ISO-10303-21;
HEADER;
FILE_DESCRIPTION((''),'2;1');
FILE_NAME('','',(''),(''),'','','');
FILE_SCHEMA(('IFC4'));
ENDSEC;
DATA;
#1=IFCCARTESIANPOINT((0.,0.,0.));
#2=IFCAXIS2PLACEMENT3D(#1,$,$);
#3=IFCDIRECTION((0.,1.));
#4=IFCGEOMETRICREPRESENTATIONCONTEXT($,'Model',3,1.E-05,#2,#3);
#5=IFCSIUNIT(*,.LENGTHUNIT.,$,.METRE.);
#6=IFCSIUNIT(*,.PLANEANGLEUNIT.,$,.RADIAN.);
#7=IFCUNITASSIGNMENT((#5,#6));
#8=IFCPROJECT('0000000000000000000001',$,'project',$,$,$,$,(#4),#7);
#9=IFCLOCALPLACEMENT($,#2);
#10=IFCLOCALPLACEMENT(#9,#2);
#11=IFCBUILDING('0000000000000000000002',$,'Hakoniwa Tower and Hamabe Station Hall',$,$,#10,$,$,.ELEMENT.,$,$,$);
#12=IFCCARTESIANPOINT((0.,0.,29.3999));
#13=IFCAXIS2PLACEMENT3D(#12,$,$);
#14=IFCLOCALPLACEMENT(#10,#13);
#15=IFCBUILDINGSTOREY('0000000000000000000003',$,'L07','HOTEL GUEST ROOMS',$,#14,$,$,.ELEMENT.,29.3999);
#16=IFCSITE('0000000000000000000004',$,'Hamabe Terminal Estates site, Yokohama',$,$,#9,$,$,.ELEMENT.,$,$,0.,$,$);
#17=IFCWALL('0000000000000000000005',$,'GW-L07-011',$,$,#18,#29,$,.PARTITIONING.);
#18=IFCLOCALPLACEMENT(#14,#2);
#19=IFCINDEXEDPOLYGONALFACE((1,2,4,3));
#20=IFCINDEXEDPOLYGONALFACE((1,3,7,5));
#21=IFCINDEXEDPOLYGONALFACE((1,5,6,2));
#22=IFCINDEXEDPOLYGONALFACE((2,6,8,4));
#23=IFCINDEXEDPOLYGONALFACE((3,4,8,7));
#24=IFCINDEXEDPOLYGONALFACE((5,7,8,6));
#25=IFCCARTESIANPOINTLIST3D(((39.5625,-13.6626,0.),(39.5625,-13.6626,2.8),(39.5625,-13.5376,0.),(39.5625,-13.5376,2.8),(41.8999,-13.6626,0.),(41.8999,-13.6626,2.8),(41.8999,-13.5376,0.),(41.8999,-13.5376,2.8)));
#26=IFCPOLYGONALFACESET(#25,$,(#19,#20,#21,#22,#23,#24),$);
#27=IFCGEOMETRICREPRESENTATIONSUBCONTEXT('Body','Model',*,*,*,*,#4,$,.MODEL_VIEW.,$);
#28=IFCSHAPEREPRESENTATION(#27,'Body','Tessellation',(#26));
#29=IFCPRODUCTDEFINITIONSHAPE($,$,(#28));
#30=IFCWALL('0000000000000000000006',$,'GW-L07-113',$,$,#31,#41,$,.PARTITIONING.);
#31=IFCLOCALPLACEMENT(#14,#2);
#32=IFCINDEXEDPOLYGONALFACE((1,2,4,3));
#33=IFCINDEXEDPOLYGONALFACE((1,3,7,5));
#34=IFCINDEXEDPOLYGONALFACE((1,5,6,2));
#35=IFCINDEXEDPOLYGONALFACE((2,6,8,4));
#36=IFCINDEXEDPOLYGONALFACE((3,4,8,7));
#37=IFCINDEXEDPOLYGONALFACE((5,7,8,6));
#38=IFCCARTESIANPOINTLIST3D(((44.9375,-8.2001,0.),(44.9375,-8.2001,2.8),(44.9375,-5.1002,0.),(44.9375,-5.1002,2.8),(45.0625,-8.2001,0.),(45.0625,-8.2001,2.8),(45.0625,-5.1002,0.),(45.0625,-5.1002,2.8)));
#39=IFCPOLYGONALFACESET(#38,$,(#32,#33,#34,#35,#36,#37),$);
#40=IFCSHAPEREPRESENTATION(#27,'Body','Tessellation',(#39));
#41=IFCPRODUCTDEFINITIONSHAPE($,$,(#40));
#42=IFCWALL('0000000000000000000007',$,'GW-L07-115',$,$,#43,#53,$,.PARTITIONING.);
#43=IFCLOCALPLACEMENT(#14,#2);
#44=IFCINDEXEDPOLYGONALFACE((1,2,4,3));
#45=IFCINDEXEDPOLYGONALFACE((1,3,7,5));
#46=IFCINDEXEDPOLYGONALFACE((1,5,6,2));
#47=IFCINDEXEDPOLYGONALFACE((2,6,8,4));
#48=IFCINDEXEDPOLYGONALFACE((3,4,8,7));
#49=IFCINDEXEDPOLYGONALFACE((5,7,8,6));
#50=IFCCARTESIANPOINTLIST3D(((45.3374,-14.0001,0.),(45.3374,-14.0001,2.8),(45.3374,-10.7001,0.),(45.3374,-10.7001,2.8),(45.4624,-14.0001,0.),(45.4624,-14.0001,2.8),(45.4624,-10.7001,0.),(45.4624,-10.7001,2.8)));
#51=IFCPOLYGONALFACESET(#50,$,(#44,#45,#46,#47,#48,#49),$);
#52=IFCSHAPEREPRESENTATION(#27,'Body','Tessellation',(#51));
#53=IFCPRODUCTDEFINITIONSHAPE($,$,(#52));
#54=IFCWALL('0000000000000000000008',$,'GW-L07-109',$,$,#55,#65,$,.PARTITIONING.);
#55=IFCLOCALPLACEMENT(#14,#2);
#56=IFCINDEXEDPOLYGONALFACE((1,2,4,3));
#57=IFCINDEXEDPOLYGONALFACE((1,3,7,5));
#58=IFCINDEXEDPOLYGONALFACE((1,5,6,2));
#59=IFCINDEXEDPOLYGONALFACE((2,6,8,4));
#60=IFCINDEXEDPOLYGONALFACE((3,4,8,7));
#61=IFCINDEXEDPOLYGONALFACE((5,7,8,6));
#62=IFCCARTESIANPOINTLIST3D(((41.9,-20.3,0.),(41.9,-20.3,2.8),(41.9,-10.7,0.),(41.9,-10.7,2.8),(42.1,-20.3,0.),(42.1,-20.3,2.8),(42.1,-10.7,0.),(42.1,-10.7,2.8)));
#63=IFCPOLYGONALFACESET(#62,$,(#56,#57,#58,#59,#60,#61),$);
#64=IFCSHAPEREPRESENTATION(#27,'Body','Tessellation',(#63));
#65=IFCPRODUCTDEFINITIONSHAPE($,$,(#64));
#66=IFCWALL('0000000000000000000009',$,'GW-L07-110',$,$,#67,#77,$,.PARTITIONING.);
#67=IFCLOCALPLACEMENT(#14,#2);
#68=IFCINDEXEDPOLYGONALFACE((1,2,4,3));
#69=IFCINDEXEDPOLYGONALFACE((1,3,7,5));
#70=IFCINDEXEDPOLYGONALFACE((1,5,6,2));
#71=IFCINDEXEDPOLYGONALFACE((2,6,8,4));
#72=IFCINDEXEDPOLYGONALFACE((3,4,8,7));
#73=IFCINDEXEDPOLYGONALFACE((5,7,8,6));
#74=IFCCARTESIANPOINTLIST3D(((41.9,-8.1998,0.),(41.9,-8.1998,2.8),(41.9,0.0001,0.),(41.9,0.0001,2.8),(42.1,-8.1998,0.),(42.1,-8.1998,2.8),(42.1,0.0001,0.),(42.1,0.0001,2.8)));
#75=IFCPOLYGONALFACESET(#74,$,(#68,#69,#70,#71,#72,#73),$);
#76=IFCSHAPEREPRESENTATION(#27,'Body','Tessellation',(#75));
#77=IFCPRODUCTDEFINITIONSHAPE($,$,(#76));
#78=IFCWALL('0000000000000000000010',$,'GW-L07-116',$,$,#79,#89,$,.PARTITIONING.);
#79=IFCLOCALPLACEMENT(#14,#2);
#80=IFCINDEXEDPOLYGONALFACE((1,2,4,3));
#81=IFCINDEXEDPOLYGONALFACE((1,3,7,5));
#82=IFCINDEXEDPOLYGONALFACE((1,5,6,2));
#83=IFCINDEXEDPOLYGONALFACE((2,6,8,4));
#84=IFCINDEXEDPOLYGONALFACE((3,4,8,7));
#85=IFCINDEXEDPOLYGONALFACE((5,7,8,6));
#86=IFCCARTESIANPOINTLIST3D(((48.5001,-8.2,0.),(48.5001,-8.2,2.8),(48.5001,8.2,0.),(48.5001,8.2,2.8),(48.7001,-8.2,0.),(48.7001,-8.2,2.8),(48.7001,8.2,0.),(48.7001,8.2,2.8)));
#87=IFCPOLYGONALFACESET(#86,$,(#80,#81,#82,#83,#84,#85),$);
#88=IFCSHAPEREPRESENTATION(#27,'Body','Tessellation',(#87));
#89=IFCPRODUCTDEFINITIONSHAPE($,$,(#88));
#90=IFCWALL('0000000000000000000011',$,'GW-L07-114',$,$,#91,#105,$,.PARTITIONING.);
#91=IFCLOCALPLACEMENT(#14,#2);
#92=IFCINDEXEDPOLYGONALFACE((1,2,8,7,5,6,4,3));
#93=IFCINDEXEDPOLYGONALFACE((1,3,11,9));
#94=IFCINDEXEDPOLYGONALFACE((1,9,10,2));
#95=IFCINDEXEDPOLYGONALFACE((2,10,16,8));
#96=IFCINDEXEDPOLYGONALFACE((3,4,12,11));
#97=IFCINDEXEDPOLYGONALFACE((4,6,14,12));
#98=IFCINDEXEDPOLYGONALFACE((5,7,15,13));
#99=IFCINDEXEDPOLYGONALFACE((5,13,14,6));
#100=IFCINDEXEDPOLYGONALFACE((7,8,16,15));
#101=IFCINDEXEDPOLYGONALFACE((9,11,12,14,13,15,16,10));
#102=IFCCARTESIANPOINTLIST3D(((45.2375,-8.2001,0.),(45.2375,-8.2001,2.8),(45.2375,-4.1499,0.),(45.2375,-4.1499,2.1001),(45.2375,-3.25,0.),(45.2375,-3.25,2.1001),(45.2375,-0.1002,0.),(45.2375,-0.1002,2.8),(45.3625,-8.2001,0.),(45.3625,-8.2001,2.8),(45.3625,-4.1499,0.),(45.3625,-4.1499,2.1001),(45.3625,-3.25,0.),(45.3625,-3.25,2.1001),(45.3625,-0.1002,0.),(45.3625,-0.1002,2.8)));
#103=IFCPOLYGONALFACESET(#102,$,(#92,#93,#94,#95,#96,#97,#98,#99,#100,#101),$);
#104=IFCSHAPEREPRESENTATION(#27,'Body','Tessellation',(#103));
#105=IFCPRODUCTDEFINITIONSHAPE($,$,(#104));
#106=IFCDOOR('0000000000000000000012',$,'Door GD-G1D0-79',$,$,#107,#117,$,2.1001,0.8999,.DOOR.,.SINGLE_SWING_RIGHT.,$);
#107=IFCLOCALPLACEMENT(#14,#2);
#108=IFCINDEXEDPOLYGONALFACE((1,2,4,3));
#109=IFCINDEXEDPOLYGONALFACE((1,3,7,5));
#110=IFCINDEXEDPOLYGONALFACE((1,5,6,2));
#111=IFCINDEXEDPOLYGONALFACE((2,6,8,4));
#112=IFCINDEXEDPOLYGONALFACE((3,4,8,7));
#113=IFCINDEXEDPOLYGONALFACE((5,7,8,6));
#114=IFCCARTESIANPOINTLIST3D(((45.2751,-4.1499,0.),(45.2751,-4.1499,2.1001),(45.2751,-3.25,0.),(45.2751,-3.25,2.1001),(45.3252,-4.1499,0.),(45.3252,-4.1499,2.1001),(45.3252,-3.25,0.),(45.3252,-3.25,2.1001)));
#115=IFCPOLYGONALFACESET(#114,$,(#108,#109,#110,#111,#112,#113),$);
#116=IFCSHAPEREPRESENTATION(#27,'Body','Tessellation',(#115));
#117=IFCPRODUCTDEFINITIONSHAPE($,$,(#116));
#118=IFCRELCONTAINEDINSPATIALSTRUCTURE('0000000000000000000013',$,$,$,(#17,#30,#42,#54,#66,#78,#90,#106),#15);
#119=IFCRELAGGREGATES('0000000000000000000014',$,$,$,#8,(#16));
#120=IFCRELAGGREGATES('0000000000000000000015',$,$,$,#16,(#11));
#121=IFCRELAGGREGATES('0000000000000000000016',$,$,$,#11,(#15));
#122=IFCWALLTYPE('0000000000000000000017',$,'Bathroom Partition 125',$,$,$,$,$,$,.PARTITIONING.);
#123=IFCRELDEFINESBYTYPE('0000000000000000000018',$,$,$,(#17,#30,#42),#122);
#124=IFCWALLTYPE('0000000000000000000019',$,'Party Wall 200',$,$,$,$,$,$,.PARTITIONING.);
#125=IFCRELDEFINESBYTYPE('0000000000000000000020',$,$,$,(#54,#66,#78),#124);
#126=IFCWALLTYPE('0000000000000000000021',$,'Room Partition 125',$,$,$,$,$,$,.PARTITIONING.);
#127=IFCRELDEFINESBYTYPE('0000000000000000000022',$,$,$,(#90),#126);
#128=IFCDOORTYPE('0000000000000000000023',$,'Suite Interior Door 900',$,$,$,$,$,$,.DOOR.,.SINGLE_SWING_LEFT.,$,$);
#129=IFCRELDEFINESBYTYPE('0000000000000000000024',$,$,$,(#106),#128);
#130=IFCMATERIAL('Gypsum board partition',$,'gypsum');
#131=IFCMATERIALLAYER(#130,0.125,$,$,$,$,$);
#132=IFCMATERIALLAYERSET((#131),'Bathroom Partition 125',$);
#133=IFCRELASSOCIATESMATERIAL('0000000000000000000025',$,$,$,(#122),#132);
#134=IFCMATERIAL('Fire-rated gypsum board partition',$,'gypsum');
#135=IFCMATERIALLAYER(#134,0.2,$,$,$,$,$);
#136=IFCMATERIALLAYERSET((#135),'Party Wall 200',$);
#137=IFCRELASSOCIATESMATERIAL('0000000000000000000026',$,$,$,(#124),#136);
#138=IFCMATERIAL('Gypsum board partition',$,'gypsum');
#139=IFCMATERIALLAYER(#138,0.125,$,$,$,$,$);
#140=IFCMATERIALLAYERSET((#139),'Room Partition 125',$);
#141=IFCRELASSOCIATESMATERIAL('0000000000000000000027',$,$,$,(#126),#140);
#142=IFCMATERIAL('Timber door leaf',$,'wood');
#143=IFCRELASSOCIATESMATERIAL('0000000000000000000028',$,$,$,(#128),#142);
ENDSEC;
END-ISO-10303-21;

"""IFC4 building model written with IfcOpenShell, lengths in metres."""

from ifc_helpers import new_model, si_unit, direction, frame, frame_2d, origin, place, context, subcontext, project, spatial, rectangle, extrude, material, layer, layer_set, type_object, element, fill, save


model = new_model("IFC4")

# Units and contexts
model_context = context("Model", 3, precision=1e-05, world=origin(), true_north=direction((0.0, 1.0)))
body_context = subcontext(model_context, "Body", "Model", "MODEL_VIEW")
ifc_project = project(units=[si_unit("LENGTHUNIT", "METRE"), si_unit("PLANEANGLEUNIT", "RADIAN")], contexts=[model_context])

# Site, building, storey
site_placement = place(None, origin())
site = spatial("IfcSite", under=ifc_project, at=site_placement, Name="Hamabe Terminal Estates site, Yokohama", CompositionType="ELEMENT", RefElevation=0.0)
building_placement = place(site_placement, origin())
building = spatial("IfcBuilding", under=site, at=building_placement, Name="Hakoniwa Tower and Hamabe Station Hall", CompositionType="ELEMENT")
storey_placement = place(building_placement, frame((0.0, 0.0, 29.3999)))
storey = spatial("IfcBuildingStorey", under=building, at=storey_placement, Name="L07", Description="HOTEL GUEST ROOMS", CompositionType="ELEMENT", Elevation=29.3999)

# Shared definitions
ifc_material_1 = material(Name="Gypsum board partition", Category="gypsum")
ifc_layer_1 = layer(ifc_material_1, 0.125)
ifc_layer_set_1 = layer_set([ifc_layer_1], Name="Bathroom Partition 125")
wall_type_1 = type_object("IfcWallType", Name="Bathroom Partition 125", PredefinedType="PARTITIONING", material=ifc_layer_set_1)

# Walls
wall_1_placement = place(storey_placement, frame((39.5625, -13.6001, 0.0), z_axis=(0.0, 0.0, 1.0), x_axis=(1.0, 0.0, 0.0)))
element("IfcWall", 1, at=wall_1_placement, inside=storey, type_object=wall_type_1, Name="GW-L07-011", PredefinedType="PARTITIONING", context=body_context, shape_type="SweptSolid", body=[
    extrude(rectangle(XDim=2.3374, YDim=0.125, at=frame_2d((1.1687, 0.0))), origin(), (0.0, 0.0, 1.0), 2.8),
])
wall_2_placement = place(storey_placement, frame((45.0, -8.2, 0.0), z_axis=(0.0, 0.0, 1.0), x_axis=(0.0, 1.0, 0.0)))
element("IfcWall", 2, at=wall_2_placement, inside=storey, type_object=wall_type_1, Name="GW-L07-113", PredefinedType="PARTITIONING", context=body_context, shape_type="SweptSolid", body=[
    extrude(rectangle(XDim=3.0999, YDim=0.125, at=frame_2d((1.5498, 0.0))), origin(), (0.0, 0.0, 1.0), 2.8),
])
wall_3_placement = place(storey_placement, frame((45.3999, -14.0, 0.0), z_axis=(0.0, 0.0, 1.0), x_axis=(0.0, 1.0, 0.0)))
element("IfcWall", 3, at=wall_3_placement, inside=storey, type_object=wall_type_1, Name="GW-L07-115", PredefinedType="PARTITIONING", context=body_context, shape_type="SweptSolid", body=[
    extrude(rectangle(XDim=3.3, YDim=0.125, at=frame_2d((1.6499, 0.0))), origin(), (0.0, 0.0, 1.0), 2.8),
])
ifc_material_2 = material(Name="Fire-rated gypsum board partition", Category="gypsum")
ifc_layer_2 = layer(ifc_material_2, 0.2)
ifc_layer_set_2 = layer_set([ifc_layer_2], Name="Party Wall 200")
wall_type_2 = type_object("IfcWallType", Name="Party Wall 200", PredefinedType="PARTITIONING", material=ifc_layer_set_2)
wall_4_placement = place(storey_placement, frame((42.0, -20.3, 0.0), z_axis=(0.0, 0.0, 1.0), x_axis=(0.0, 1.0, 0.0)))
element("IfcWall", 4, at=wall_4_placement, inside=storey, type_object=wall_type_2, Name="GW-L07-109", PredefinedType="PARTITIONING", context=body_context, shape_type="SweptSolid", body=[
    extrude(rectangle(XDim=9.6001, YDim=0.2, at=frame_2d((4.8, 0.0))), origin(), (0.0, 0.0, 1.0), 2.8),
])
wall_5_placement = place(storey_placement, frame((42.0, -8.2, 0.0), z_axis=(0.0, 0.0, 1.0), x_axis=(0.0, 1.0, 0.0)))
element("IfcWall", 5, at=wall_5_placement, inside=storey, type_object=wall_type_2, Name="GW-L07-110", PredefinedType="PARTITIONING", context=body_context, shape_type="SweptSolid", body=[
    extrude(rectangle(XDim=8.2, YDim=0.2, at=frame_2d((4.1001, 0.0))), origin(), (0.0, 0.0, 1.0), 2.8),
])
wall_6_placement = place(storey_placement, frame((48.6001, -8.2, 0.0), z_axis=(0.0, 0.0, 1.0), x_axis=(0.0, 1.0, 0.0)))
element("IfcWall", 6, at=wall_6_placement, inside=storey, type_object=wall_type_2, Name="GW-L07-116", PredefinedType="PARTITIONING", context=body_context, shape_type="SweptSolid", body=[
    extrude(rectangle(XDim=16.3999, YDim=0.2, at=frame_2d((8.2, 0.0))), origin(), (0.0, 0.0, 1.0), 2.8),
])

# Wall, opening, door
ifc_material_3 = material(Name="Gypsum board partition", Category="gypsum")
ifc_layer_3 = layer(ifc_material_3, 0.125)
ifc_layer_set_3 = layer_set([ifc_layer_3], Name="Room Partition 125")
wall_type_3 = type_object("IfcWallType", Name="Room Partition 125", PredefinedType="PARTITIONING", material=ifc_layer_set_3)
wall_7_placement = place(storey_placement, frame((45.3, -8.2, 0.0), z_axis=(0.0, 0.0, 1.0), x_axis=(0.0, 1.0, 0.0)))
wall_7 = element("IfcWall", 7, at=wall_7_placement, inside=storey, type_object=wall_type_3, Name="GW-L07-114", PredefinedType="PARTITIONING", context=body_context, shape_type="SweptSolid", body=[
    extrude(rectangle(XDim=8.0999, YDim=0.125, at=frame_2d((4.0498, 0.0))), origin(), (0.0, 0.0, 1.0), 2.8),
])
opening_1_placement = place(wall_7_placement, frame((4.05, 0.0, 0.0)))
opening_1 = element("IfcOpeningElement", 8, at=opening_1_placement, cuts=wall_7, PredefinedType="OPENING", context=body_context, shape_type="SweptSolid", body=[
    extrude(rectangle(XDim=0.8999, YDim=2.1001, at=frame_2d((0.45, 1.05))), frame((0.0, 0.0725, 0.0), z_axis=(0.0, -1.0, 0.0), x_axis=(1.0, 0.0, 0.0)), (0.0, 0.0, 1.0), 0.145),
])
ifc_material_4 = material(Name="Timber door leaf", Category="wood")
door_type_1 = type_object("IfcDoorType", Name="Suite Interior Door 900", OperationType="SINGLE_SWING_LEFT", PredefinedType="DOOR", material=ifc_material_4)
door_1_placement = place(opening_1_placement, origin())
door_1 = element("IfcDoor", 9, at=door_1_placement, inside=storey, type_object=door_type_1, Name="Door GD-G1D0-79", OperationType="SINGLE_SWING_RIGHT", OverallHeight=2.1001, OverallWidth=0.8999, PredefinedType="DOOR", context=body_context, shape_type="SweptSolid", body=[
    extrude(rectangle(XDim=0.8999, YDim=2.1001, at=frame_2d((0.45, 1.05))), frame((0.0, 0.0249, 0.0), z_axis=(0.0, -1.0, 0.0), x_axis=(1.0, 0.0, 0.0)), (0.0, 0.0, 1.0), 0.05),
])
fill(opening_1, door_1)

save(model, "model.ifc")
